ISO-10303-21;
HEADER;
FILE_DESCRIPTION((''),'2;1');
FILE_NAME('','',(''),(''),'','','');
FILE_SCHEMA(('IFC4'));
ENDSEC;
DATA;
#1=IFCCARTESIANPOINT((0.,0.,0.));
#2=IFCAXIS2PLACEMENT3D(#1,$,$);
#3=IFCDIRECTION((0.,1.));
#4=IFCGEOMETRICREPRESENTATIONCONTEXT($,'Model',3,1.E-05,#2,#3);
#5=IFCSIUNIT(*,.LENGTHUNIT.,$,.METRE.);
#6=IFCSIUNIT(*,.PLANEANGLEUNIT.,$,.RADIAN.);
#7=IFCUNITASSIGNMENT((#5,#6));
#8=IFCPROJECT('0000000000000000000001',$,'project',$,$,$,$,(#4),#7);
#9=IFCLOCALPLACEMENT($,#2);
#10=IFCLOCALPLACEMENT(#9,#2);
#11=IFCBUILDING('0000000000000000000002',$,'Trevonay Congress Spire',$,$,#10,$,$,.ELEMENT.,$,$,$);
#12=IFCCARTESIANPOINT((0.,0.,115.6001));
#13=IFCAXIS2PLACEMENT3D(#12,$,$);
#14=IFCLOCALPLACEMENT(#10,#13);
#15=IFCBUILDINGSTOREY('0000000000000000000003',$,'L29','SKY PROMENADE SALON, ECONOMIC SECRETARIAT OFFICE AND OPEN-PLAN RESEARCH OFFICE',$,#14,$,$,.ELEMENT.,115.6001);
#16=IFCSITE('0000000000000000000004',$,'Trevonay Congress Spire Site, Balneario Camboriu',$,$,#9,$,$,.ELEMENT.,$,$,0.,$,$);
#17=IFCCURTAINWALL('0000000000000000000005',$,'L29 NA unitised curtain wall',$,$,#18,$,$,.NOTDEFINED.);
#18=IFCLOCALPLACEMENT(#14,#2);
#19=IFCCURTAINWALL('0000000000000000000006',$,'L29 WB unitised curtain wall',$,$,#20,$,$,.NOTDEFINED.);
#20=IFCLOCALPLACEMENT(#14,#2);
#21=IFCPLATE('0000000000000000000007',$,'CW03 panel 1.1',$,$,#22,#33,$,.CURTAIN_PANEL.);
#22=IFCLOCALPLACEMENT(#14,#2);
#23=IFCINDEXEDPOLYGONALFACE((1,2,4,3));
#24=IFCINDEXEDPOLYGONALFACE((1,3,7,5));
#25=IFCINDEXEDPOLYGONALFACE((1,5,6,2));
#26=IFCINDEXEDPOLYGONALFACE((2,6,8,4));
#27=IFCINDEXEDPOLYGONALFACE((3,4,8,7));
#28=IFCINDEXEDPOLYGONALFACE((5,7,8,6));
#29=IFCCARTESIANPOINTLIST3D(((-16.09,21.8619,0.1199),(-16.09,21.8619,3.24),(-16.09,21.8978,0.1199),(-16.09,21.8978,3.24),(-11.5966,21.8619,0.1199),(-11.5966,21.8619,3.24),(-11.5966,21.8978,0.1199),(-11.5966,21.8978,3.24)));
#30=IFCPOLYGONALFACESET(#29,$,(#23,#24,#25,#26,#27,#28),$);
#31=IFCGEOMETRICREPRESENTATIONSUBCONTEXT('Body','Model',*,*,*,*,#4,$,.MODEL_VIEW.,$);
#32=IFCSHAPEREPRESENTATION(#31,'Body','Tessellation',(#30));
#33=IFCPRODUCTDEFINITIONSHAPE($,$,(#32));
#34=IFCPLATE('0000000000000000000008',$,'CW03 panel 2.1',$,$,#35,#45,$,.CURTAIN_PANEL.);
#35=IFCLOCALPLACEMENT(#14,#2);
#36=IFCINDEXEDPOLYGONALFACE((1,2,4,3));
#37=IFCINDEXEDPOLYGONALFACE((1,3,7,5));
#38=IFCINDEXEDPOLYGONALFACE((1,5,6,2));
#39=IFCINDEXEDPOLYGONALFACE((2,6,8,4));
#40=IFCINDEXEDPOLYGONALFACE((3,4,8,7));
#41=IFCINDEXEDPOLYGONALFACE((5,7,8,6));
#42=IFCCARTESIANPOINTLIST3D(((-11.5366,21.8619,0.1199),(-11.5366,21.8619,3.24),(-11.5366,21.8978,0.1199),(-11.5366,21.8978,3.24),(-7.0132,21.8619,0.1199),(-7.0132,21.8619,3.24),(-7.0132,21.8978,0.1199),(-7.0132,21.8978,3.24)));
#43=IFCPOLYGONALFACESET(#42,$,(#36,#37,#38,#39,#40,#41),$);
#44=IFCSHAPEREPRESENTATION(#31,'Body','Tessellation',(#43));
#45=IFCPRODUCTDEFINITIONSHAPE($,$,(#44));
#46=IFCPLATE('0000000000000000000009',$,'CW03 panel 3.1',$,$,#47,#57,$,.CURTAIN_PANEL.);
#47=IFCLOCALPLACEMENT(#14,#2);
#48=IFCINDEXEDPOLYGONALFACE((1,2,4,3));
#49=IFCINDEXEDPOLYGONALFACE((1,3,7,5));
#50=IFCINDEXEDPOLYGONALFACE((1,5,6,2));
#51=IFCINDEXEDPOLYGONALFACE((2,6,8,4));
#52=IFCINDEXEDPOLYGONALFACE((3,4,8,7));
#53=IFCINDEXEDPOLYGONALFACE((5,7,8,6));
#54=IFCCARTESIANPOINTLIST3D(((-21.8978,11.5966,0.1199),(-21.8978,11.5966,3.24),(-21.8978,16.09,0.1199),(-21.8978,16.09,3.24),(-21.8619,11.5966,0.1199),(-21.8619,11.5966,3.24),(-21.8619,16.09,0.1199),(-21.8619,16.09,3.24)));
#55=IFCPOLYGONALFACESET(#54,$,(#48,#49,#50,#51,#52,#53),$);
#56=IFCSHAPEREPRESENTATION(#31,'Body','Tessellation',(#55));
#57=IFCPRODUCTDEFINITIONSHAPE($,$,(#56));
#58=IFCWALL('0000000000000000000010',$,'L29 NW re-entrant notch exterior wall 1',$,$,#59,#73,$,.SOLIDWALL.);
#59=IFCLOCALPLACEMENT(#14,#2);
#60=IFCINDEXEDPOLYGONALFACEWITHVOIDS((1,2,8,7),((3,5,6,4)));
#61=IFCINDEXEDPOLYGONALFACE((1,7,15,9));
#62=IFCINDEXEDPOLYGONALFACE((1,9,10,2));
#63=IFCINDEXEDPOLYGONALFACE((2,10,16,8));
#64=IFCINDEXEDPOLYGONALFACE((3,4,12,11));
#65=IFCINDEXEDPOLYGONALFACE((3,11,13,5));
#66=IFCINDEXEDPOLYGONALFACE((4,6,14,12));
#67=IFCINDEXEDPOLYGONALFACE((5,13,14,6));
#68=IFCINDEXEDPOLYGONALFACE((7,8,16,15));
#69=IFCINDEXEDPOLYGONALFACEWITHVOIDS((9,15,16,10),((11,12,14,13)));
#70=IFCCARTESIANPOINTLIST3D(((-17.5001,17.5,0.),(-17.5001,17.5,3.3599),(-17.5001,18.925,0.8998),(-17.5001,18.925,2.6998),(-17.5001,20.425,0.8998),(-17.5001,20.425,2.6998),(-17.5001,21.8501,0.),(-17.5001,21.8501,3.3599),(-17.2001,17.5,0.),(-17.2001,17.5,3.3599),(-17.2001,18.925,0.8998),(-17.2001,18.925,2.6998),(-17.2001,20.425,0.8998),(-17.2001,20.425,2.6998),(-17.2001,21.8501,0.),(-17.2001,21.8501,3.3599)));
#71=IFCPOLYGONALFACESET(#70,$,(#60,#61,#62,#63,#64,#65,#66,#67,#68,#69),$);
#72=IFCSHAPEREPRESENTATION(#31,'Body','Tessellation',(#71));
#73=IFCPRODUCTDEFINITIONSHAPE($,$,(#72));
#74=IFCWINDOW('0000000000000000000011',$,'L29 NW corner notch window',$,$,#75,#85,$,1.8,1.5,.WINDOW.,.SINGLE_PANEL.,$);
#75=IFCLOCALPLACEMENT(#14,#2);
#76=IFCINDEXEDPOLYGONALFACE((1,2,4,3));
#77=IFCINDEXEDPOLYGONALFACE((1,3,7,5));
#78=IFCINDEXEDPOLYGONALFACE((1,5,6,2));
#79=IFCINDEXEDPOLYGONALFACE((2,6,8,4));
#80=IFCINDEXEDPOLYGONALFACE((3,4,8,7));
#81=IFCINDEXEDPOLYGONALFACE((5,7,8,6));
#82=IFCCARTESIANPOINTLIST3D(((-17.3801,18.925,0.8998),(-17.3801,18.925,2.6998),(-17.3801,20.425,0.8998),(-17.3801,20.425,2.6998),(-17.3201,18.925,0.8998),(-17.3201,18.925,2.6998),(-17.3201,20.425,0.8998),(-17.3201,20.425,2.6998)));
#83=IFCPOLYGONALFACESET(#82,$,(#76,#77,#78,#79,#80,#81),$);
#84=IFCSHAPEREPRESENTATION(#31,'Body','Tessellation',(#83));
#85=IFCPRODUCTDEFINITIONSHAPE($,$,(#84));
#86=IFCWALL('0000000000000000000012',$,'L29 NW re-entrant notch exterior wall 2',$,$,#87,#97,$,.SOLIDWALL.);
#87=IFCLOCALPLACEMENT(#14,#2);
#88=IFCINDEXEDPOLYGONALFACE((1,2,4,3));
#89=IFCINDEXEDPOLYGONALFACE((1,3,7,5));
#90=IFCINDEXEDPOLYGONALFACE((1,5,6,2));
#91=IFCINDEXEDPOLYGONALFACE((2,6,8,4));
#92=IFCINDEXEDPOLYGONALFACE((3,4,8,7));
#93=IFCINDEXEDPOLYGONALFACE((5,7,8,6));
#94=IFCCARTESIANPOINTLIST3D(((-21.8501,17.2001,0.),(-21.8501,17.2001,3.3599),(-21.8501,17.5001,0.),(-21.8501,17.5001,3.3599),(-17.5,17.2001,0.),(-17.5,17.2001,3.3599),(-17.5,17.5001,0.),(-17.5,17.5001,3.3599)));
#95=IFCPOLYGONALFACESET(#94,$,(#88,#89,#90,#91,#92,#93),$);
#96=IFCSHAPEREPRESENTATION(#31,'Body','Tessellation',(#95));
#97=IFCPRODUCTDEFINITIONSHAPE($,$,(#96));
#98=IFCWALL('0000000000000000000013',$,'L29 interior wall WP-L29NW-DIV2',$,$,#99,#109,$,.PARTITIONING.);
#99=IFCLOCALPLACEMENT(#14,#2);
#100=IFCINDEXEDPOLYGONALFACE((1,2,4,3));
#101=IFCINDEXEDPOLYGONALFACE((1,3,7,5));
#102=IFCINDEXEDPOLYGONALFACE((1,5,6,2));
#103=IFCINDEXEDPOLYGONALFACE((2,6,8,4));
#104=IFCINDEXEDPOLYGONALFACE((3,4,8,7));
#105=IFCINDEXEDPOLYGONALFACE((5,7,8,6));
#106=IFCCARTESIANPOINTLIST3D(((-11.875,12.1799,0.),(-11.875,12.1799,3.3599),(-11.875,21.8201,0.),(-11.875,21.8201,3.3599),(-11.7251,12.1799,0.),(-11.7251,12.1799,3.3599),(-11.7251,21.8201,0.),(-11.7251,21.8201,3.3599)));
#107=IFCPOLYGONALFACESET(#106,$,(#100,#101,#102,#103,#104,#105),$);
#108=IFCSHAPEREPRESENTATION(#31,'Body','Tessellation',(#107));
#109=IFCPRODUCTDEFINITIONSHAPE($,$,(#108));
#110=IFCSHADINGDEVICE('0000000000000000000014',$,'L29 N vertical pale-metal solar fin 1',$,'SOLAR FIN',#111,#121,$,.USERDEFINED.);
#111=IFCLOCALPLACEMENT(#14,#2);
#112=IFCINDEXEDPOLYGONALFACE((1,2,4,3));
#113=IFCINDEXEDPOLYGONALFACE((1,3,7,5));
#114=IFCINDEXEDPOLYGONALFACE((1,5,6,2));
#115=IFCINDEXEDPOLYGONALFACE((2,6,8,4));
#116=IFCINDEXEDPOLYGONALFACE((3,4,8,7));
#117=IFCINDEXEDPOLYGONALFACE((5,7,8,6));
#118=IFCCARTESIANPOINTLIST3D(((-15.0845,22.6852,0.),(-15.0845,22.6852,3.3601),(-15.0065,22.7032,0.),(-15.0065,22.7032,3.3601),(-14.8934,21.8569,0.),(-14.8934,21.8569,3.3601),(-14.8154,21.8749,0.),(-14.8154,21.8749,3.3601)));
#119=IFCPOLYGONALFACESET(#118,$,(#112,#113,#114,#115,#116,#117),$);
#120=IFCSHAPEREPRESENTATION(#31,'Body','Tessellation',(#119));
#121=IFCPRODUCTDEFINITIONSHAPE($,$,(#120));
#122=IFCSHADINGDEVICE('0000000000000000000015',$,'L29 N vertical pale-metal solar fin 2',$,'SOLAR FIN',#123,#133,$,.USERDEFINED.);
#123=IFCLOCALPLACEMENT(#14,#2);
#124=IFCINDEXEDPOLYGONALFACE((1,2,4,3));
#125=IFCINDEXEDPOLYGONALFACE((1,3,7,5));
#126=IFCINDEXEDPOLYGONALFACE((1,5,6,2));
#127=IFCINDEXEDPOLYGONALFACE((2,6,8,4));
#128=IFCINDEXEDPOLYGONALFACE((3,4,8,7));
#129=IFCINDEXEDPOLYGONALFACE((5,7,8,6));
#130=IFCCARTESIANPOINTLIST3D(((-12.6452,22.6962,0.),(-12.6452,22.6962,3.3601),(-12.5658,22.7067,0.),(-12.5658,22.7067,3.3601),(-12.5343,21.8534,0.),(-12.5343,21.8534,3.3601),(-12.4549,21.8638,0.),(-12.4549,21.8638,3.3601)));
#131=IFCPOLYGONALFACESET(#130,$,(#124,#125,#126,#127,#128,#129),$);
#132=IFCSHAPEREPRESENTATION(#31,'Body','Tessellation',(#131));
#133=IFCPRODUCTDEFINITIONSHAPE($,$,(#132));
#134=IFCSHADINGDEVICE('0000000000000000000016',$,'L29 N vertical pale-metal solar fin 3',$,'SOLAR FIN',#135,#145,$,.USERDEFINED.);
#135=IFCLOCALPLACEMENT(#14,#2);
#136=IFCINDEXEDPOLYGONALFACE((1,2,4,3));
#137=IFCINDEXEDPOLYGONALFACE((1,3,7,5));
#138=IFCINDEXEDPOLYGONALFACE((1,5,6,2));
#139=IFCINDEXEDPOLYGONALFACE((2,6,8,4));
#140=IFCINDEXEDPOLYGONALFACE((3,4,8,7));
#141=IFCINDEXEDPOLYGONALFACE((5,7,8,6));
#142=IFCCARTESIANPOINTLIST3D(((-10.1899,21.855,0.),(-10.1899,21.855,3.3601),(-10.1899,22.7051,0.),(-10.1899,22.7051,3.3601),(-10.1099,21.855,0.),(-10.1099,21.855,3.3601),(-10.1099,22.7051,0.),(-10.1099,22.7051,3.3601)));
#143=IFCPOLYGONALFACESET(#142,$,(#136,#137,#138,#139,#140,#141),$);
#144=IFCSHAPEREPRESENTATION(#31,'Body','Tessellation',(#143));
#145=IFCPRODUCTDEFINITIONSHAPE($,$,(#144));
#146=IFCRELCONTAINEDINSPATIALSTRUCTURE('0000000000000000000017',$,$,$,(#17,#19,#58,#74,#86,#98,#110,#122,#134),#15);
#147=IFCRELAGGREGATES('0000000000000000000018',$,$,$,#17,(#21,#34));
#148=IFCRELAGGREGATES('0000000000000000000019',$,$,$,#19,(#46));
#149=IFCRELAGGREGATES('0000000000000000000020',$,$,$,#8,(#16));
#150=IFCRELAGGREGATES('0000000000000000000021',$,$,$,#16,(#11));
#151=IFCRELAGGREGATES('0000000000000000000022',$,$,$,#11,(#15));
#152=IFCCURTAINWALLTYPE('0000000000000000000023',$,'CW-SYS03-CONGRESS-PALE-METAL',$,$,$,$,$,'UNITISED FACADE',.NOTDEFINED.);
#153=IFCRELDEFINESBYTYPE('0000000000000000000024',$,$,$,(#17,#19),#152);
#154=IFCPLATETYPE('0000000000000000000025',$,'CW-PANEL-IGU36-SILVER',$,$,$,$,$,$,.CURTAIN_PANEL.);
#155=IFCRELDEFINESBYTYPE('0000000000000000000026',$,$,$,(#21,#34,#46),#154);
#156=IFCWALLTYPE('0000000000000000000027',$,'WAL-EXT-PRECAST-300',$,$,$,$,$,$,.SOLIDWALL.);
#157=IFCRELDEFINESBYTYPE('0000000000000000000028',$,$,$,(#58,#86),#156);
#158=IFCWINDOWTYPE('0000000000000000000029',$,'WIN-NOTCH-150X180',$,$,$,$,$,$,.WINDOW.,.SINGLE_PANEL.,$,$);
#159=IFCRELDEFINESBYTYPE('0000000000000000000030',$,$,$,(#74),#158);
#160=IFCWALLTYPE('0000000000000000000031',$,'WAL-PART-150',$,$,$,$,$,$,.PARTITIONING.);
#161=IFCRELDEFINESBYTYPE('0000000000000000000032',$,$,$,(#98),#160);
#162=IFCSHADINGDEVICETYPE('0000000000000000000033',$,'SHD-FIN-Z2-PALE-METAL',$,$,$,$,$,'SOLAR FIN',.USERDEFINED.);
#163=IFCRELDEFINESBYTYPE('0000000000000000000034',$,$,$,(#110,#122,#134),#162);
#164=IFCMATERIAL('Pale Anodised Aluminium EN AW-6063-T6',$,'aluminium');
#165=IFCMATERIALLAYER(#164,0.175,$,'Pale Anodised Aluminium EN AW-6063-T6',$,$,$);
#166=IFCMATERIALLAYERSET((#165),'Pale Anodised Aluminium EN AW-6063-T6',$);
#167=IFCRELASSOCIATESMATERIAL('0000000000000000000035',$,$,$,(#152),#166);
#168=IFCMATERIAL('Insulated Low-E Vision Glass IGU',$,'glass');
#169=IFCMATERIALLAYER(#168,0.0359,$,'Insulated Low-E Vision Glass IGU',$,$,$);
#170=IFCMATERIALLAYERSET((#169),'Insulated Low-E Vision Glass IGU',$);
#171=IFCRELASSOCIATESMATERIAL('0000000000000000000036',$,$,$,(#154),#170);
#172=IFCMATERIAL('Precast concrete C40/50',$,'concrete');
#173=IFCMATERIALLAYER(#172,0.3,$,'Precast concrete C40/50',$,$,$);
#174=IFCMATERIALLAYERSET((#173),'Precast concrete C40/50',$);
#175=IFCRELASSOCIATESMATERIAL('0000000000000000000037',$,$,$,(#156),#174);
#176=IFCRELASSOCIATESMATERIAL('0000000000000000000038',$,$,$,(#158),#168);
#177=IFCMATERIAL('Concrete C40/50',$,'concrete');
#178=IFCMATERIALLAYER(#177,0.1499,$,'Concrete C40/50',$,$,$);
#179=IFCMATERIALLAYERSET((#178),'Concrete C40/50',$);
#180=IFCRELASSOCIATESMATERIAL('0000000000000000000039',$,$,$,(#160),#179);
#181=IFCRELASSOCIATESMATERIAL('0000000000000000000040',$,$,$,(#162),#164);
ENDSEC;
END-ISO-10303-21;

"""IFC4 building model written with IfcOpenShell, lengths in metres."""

from ifc_helpers import new_model, si_unit, direction, frame, frame_2d, origin, origin_2d, place, context, subcontext, project, spatial, rectangle, extrude, material, layer, layer_set, type_object, element, fill, aggregate, save


model = new_model("IFC4")

# Units and contexts
model_context = context("Model", 3, precision=1e-05, world=origin(), true_north=direction((0.0, 1.0)))
body_context = subcontext(model_context, "Body", "Model", "MODEL_VIEW")
ifc_project = project(units=[si_unit("LENGTHUNIT", "METRE"), si_unit("PLANEANGLEUNIT", "RADIAN")], contexts=[model_context])

# Site, building, storey
site_placement = place(None, origin())
site = spatial("IfcSite", under=ifc_project, at=site_placement, Name="Trevonay Congress Spire Site, Balneario Camboriu", CompositionType="ELEMENT", RefElevation=0.0)
building_placement = place(site_placement, origin())
building = spatial("IfcBuilding", under=site, at=building_placement, Name="Trevonay Congress Spire", CompositionType="ELEMENT")
storey_placement = place(building_placement, frame((0.0, 0.0, 115.6001)))
storey = spatial("IfcBuildingStorey", under=building, at=storey_placement, Name="L29", Description="SKY PROMENADE SALON, ECONOMIC SECRETARIAT OFFICE AND OPEN-PLAN RESEARCH OFFICE", CompositionType="ELEMENT", Elevation=115.6001)

# Curtain wall
ifc_material_1 = material(Name="Pale Anodised Aluminium EN AW-6063-T6", Category="aluminium")
ifc_layer_1 = layer(ifc_material_1, 0.175, Name="Pale Anodised Aluminium EN AW-6063-T6")
ifc_layer_set_1 = layer_set([ifc_layer_1], Name="Pale Anodised Aluminium EN AW-6063-T6")
curtain_wall_type = type_object("IfcCurtainWallType", Name="CW-SYS03-CONGRESS-PALE-METAL", ElementType="UNITISED FACADE", PredefinedType="NOTDEFINED", material=ifc_layer_set_1)
curtain_wall_1_placement = place(storey_placement, origin())
curtain_wall_1 = element("IfcCurtainWall", 1, at=curtain_wall_1_placement, inside=storey, type_object=curtain_wall_type, Name="L29 NA unitised curtain wall", PredefinedType="NOTDEFINED")

# Curtain wall
curtain_wall_2_placement = place(storey_placement, origin())
curtain_wall_2 = element("IfcCurtainWall", 2, at=curtain_wall_2_placement, inside=storey, type_object=curtain_wall_type, Name="L29 WB unitised curtain wall", PredefinedType="NOTDEFINED")

# Plates
ifc_material_2 = material(Name="Insulated Low-E Vision Glass IGU", Category="glass")
ifc_layer_2 = layer(ifc_material_2, 0.0359, Name="Insulated Low-E Vision Glass IGU")
ifc_layer_set_2 = layer_set([ifc_layer_2], Name="Insulated Low-E Vision Glass IGU")
plate_type = type_object("IfcPlateType", Name="CW-PANEL-IGU36-SILVER", PredefinedType="CURTAIN_PANEL", material=ifc_layer_set_2)
plate_1_placement = place(storey_placement, frame((-13.8433, 21.8799, 0.1199), z_axis=(0.0, 0.0, 1.0), x_axis=(1.0, 0.0, 0.0)))
plate_1 = element("IfcPlate", 3, at=plate_1_placement, type_object=plate_type, Name="CW03 panel 1.1", PredefinedType="CURTAIN_PANEL", context=body_context, shape_type="SweptSolid", body=[
    extrude(rectangle(XDim=4.4934, YDim=0.0359, at=origin_2d()), origin(), (0.0, 0.0, 1.0), 3.1201),
])
plate_2_placement = place(storey_placement, frame((-9.2749, 21.8799, 0.1199), z_axis=(0.0, 0.0, 1.0), x_axis=(1.0, 0.0, 0.0)))
plate_2 = element("IfcPlate", 4, at=plate_2_placement, type_object=plate_type, Name="CW03 panel 2.1", PredefinedType="CURTAIN_PANEL", context=body_context, shape_type="SweptSolid", body=[
    extrude(rectangle(XDim=4.5234, YDim=0.0359, at=origin_2d()), origin(), (0.0, 0.0, 1.0), 3.1201),
])
aggregate(curtain_wall_1, [plate_1, plate_2])
plate_3_placement = place(storey_placement, frame((-21.8799, 13.8433, 0.1199), z_axis=(0.0, 0.0, 1.0), x_axis=(0.0, 1.0, 0.0)))
plate_3 = element("IfcPlate", 5, at=plate_3_placement, type_object=plate_type, Name="CW03 panel 3.1", PredefinedType="CURTAIN_PANEL", context=body_context, shape_type="SweptSolid", body=[
    extrude(rectangle(XDim=4.4934, YDim=0.0359, at=origin_2d()), origin(), (0.0, 0.0, 1.0), 3.1201),
])
aggregate(curtain_wall_2, [plate_3])

# Wall, opening, window
ifc_material_3 = material(Name="Precast concrete C40/50", Category="concrete")
ifc_layer_3 = layer(ifc_material_3, 0.3, Name="Precast concrete C40/50")
ifc_layer_set_3 = layer_set([ifc_layer_3], Name="Precast concrete C40/50")
wall_type_1 = type_object("IfcWallType", Name="WAL-EXT-PRECAST-300", PredefinedType="SOLIDWALL", material=ifc_layer_set_3)
wall_1_placement = place(storey_placement, frame((-17.3501, 21.8501, 0.0), z_axis=(0.0, 0.0, 1.0), x_axis=(0.0, -1.0, 0.0)))
wall_1 = element("IfcWall", 6, at=wall_1_placement, inside=storey, type_object=wall_type_1, Name="L29 NW re-entrant notch exterior wall 1", PredefinedType="SOLIDWALL", context=body_context, shape_type="SweptSolid", body=[
    extrude(rectangle(XDim=4.3501, YDim=0.3, at=frame_2d((2.175, 0.0))), origin(), (0.0, 0.0, 1.0), 3.3599),
])
opening_placement = place(wall_1_placement, frame((1.425, 0.0, 0.8999)))
opening = element("IfcOpeningElement", 7, at=opening_placement, cuts=wall_1, PredefinedType="OPENING", context=body_context, shape_type="SweptSolid", body=[
    extrude(rectangle(XDim=1.5, YDim=1.8, at=frame_2d((0.75, 0.8999))), frame((0.0, 0.1602, 0.0), z_axis=(0.0, -1.0, 0.0), x_axis=(1.0, 0.0, 0.0)), (0.0, 0.0, 1.0), 0.3201),
])
window_type = type_object("IfcWindowType", Name="WIN-NOTCH-150X180", PartitioningType="SINGLE_PANEL", PredefinedType="WINDOW", material=ifc_material_2)
window_placement = place(opening_placement, origin())
window = element("IfcWindow", 8, at=window_placement, inside=storey, type_object=window_type, Name="L29 NW corner notch window", OverallHeight=1.8, OverallWidth=1.5, PartitioningType="SINGLE_PANEL", PredefinedType="WINDOW", context=body_context, shape_type="SweptSolid", body=[
    extrude(rectangle(XDim=1.5, YDim=1.8, at=frame_2d((0.75, 0.8999))), frame((0.0, 0.03, 0.0), z_axis=(0.0, -1.0, 0.0), x_axis=(1.0, 0.0, 0.0)), (0.0, 0.0, 1.0), 0.0601),
])
fill(opening, window)

# Walls
wall_2_placement = place(storey_placement, frame((-21.8501, 17.3501, 0.0), z_axis=(0.0, 0.0, 1.0), x_axis=(1.0, 0.0, 0.0)))
element("IfcWall", 9, at=wall_2_placement, inside=storey, type_object=wall_type_1, Name="L29 NW re-entrant notch exterior wall 2", PredefinedType="SOLIDWALL", context=body_context, shape_type="SweptSolid", body=[
    extrude(rectangle(XDim=4.3501, YDim=0.3, at=frame_2d((2.175, 0.0))), origin(), (0.0, 0.0, 1.0), 3.3599),
])
ifc_material_4 = material(Name="Concrete C40/50", Category="concrete")
ifc_layer_4 = layer(ifc_material_4, 0.1499, Name="Concrete C40/50")
ifc_layer_set_4 = layer_set([ifc_layer_4], Name="Concrete C40/50")
wall_type_2 = type_object("IfcWallType", Name="WAL-PART-150", PredefinedType="PARTITIONING", material=ifc_layer_set_4)
wall_3_placement = place(storey_placement, frame((-11.8, 12.1799, 0.0), z_axis=(0.0, 0.0, 1.0), x_axis=(0.0, 1.0, 0.0)))
element("IfcWall", 10, at=wall_3_placement, inside=storey, type_object=wall_type_2, Name="L29 interior wall WP-L29NW-DIV2", PredefinedType="PARTITIONING", context=body_context, shape_type="SweptSolid", body=[
    extrude(rectangle(XDim=9.6401, YDim=0.1499, at=frame_2d((4.8201, 0.0))), origin(), (0.0, 0.0, 1.0), 3.3599),
])

# Shading devices
shading_device_type = type_object("IfcShadingDeviceType", Name="SHD-FIN-Z2-PALE-METAL", ElementType="SOLAR FIN", PredefinedType="USERDEFINED", material=ifc_material_1)
for number, where, z_axis, x_axis, name in (
    (11, (-14.95, 22.28, 0.0), (0.0, 0.0, 1.0), (0.974409, 0.224781, 0.0), "L29 N vertical pale-metal solar fin 1"),
    (12, (-12.55, 22.28, 0.0), (0.0, 0.0, 1.0), (0.991445, 0.130526, 0.0), "L29 N vertical pale-metal solar fin 2"),
    (13, (-10.1499, 22.28, 0.0), (0.0, 0.0, 1.0), (1.0, 0.0, 0.0), "L29 N vertical pale-metal solar fin 3"),
):
    element("IfcShadingDevice", number, at=place(storey_placement, frame(where, z_axis=z_axis, x_axis=x_axis)), inside=storey, type_object=shading_device_type, Name=name, ObjectType="SOLAR FIN", PredefinedType="USERDEFINED", context=body_context, shape_type="SweptSolid", body=[
        extrude(rectangle(XDim=0.0801, YDim=0.8501, at=origin_2d()), origin(), (0.0, 0.0, 1.0), 3.3601),
    ])

save(model, "model.ifc")
